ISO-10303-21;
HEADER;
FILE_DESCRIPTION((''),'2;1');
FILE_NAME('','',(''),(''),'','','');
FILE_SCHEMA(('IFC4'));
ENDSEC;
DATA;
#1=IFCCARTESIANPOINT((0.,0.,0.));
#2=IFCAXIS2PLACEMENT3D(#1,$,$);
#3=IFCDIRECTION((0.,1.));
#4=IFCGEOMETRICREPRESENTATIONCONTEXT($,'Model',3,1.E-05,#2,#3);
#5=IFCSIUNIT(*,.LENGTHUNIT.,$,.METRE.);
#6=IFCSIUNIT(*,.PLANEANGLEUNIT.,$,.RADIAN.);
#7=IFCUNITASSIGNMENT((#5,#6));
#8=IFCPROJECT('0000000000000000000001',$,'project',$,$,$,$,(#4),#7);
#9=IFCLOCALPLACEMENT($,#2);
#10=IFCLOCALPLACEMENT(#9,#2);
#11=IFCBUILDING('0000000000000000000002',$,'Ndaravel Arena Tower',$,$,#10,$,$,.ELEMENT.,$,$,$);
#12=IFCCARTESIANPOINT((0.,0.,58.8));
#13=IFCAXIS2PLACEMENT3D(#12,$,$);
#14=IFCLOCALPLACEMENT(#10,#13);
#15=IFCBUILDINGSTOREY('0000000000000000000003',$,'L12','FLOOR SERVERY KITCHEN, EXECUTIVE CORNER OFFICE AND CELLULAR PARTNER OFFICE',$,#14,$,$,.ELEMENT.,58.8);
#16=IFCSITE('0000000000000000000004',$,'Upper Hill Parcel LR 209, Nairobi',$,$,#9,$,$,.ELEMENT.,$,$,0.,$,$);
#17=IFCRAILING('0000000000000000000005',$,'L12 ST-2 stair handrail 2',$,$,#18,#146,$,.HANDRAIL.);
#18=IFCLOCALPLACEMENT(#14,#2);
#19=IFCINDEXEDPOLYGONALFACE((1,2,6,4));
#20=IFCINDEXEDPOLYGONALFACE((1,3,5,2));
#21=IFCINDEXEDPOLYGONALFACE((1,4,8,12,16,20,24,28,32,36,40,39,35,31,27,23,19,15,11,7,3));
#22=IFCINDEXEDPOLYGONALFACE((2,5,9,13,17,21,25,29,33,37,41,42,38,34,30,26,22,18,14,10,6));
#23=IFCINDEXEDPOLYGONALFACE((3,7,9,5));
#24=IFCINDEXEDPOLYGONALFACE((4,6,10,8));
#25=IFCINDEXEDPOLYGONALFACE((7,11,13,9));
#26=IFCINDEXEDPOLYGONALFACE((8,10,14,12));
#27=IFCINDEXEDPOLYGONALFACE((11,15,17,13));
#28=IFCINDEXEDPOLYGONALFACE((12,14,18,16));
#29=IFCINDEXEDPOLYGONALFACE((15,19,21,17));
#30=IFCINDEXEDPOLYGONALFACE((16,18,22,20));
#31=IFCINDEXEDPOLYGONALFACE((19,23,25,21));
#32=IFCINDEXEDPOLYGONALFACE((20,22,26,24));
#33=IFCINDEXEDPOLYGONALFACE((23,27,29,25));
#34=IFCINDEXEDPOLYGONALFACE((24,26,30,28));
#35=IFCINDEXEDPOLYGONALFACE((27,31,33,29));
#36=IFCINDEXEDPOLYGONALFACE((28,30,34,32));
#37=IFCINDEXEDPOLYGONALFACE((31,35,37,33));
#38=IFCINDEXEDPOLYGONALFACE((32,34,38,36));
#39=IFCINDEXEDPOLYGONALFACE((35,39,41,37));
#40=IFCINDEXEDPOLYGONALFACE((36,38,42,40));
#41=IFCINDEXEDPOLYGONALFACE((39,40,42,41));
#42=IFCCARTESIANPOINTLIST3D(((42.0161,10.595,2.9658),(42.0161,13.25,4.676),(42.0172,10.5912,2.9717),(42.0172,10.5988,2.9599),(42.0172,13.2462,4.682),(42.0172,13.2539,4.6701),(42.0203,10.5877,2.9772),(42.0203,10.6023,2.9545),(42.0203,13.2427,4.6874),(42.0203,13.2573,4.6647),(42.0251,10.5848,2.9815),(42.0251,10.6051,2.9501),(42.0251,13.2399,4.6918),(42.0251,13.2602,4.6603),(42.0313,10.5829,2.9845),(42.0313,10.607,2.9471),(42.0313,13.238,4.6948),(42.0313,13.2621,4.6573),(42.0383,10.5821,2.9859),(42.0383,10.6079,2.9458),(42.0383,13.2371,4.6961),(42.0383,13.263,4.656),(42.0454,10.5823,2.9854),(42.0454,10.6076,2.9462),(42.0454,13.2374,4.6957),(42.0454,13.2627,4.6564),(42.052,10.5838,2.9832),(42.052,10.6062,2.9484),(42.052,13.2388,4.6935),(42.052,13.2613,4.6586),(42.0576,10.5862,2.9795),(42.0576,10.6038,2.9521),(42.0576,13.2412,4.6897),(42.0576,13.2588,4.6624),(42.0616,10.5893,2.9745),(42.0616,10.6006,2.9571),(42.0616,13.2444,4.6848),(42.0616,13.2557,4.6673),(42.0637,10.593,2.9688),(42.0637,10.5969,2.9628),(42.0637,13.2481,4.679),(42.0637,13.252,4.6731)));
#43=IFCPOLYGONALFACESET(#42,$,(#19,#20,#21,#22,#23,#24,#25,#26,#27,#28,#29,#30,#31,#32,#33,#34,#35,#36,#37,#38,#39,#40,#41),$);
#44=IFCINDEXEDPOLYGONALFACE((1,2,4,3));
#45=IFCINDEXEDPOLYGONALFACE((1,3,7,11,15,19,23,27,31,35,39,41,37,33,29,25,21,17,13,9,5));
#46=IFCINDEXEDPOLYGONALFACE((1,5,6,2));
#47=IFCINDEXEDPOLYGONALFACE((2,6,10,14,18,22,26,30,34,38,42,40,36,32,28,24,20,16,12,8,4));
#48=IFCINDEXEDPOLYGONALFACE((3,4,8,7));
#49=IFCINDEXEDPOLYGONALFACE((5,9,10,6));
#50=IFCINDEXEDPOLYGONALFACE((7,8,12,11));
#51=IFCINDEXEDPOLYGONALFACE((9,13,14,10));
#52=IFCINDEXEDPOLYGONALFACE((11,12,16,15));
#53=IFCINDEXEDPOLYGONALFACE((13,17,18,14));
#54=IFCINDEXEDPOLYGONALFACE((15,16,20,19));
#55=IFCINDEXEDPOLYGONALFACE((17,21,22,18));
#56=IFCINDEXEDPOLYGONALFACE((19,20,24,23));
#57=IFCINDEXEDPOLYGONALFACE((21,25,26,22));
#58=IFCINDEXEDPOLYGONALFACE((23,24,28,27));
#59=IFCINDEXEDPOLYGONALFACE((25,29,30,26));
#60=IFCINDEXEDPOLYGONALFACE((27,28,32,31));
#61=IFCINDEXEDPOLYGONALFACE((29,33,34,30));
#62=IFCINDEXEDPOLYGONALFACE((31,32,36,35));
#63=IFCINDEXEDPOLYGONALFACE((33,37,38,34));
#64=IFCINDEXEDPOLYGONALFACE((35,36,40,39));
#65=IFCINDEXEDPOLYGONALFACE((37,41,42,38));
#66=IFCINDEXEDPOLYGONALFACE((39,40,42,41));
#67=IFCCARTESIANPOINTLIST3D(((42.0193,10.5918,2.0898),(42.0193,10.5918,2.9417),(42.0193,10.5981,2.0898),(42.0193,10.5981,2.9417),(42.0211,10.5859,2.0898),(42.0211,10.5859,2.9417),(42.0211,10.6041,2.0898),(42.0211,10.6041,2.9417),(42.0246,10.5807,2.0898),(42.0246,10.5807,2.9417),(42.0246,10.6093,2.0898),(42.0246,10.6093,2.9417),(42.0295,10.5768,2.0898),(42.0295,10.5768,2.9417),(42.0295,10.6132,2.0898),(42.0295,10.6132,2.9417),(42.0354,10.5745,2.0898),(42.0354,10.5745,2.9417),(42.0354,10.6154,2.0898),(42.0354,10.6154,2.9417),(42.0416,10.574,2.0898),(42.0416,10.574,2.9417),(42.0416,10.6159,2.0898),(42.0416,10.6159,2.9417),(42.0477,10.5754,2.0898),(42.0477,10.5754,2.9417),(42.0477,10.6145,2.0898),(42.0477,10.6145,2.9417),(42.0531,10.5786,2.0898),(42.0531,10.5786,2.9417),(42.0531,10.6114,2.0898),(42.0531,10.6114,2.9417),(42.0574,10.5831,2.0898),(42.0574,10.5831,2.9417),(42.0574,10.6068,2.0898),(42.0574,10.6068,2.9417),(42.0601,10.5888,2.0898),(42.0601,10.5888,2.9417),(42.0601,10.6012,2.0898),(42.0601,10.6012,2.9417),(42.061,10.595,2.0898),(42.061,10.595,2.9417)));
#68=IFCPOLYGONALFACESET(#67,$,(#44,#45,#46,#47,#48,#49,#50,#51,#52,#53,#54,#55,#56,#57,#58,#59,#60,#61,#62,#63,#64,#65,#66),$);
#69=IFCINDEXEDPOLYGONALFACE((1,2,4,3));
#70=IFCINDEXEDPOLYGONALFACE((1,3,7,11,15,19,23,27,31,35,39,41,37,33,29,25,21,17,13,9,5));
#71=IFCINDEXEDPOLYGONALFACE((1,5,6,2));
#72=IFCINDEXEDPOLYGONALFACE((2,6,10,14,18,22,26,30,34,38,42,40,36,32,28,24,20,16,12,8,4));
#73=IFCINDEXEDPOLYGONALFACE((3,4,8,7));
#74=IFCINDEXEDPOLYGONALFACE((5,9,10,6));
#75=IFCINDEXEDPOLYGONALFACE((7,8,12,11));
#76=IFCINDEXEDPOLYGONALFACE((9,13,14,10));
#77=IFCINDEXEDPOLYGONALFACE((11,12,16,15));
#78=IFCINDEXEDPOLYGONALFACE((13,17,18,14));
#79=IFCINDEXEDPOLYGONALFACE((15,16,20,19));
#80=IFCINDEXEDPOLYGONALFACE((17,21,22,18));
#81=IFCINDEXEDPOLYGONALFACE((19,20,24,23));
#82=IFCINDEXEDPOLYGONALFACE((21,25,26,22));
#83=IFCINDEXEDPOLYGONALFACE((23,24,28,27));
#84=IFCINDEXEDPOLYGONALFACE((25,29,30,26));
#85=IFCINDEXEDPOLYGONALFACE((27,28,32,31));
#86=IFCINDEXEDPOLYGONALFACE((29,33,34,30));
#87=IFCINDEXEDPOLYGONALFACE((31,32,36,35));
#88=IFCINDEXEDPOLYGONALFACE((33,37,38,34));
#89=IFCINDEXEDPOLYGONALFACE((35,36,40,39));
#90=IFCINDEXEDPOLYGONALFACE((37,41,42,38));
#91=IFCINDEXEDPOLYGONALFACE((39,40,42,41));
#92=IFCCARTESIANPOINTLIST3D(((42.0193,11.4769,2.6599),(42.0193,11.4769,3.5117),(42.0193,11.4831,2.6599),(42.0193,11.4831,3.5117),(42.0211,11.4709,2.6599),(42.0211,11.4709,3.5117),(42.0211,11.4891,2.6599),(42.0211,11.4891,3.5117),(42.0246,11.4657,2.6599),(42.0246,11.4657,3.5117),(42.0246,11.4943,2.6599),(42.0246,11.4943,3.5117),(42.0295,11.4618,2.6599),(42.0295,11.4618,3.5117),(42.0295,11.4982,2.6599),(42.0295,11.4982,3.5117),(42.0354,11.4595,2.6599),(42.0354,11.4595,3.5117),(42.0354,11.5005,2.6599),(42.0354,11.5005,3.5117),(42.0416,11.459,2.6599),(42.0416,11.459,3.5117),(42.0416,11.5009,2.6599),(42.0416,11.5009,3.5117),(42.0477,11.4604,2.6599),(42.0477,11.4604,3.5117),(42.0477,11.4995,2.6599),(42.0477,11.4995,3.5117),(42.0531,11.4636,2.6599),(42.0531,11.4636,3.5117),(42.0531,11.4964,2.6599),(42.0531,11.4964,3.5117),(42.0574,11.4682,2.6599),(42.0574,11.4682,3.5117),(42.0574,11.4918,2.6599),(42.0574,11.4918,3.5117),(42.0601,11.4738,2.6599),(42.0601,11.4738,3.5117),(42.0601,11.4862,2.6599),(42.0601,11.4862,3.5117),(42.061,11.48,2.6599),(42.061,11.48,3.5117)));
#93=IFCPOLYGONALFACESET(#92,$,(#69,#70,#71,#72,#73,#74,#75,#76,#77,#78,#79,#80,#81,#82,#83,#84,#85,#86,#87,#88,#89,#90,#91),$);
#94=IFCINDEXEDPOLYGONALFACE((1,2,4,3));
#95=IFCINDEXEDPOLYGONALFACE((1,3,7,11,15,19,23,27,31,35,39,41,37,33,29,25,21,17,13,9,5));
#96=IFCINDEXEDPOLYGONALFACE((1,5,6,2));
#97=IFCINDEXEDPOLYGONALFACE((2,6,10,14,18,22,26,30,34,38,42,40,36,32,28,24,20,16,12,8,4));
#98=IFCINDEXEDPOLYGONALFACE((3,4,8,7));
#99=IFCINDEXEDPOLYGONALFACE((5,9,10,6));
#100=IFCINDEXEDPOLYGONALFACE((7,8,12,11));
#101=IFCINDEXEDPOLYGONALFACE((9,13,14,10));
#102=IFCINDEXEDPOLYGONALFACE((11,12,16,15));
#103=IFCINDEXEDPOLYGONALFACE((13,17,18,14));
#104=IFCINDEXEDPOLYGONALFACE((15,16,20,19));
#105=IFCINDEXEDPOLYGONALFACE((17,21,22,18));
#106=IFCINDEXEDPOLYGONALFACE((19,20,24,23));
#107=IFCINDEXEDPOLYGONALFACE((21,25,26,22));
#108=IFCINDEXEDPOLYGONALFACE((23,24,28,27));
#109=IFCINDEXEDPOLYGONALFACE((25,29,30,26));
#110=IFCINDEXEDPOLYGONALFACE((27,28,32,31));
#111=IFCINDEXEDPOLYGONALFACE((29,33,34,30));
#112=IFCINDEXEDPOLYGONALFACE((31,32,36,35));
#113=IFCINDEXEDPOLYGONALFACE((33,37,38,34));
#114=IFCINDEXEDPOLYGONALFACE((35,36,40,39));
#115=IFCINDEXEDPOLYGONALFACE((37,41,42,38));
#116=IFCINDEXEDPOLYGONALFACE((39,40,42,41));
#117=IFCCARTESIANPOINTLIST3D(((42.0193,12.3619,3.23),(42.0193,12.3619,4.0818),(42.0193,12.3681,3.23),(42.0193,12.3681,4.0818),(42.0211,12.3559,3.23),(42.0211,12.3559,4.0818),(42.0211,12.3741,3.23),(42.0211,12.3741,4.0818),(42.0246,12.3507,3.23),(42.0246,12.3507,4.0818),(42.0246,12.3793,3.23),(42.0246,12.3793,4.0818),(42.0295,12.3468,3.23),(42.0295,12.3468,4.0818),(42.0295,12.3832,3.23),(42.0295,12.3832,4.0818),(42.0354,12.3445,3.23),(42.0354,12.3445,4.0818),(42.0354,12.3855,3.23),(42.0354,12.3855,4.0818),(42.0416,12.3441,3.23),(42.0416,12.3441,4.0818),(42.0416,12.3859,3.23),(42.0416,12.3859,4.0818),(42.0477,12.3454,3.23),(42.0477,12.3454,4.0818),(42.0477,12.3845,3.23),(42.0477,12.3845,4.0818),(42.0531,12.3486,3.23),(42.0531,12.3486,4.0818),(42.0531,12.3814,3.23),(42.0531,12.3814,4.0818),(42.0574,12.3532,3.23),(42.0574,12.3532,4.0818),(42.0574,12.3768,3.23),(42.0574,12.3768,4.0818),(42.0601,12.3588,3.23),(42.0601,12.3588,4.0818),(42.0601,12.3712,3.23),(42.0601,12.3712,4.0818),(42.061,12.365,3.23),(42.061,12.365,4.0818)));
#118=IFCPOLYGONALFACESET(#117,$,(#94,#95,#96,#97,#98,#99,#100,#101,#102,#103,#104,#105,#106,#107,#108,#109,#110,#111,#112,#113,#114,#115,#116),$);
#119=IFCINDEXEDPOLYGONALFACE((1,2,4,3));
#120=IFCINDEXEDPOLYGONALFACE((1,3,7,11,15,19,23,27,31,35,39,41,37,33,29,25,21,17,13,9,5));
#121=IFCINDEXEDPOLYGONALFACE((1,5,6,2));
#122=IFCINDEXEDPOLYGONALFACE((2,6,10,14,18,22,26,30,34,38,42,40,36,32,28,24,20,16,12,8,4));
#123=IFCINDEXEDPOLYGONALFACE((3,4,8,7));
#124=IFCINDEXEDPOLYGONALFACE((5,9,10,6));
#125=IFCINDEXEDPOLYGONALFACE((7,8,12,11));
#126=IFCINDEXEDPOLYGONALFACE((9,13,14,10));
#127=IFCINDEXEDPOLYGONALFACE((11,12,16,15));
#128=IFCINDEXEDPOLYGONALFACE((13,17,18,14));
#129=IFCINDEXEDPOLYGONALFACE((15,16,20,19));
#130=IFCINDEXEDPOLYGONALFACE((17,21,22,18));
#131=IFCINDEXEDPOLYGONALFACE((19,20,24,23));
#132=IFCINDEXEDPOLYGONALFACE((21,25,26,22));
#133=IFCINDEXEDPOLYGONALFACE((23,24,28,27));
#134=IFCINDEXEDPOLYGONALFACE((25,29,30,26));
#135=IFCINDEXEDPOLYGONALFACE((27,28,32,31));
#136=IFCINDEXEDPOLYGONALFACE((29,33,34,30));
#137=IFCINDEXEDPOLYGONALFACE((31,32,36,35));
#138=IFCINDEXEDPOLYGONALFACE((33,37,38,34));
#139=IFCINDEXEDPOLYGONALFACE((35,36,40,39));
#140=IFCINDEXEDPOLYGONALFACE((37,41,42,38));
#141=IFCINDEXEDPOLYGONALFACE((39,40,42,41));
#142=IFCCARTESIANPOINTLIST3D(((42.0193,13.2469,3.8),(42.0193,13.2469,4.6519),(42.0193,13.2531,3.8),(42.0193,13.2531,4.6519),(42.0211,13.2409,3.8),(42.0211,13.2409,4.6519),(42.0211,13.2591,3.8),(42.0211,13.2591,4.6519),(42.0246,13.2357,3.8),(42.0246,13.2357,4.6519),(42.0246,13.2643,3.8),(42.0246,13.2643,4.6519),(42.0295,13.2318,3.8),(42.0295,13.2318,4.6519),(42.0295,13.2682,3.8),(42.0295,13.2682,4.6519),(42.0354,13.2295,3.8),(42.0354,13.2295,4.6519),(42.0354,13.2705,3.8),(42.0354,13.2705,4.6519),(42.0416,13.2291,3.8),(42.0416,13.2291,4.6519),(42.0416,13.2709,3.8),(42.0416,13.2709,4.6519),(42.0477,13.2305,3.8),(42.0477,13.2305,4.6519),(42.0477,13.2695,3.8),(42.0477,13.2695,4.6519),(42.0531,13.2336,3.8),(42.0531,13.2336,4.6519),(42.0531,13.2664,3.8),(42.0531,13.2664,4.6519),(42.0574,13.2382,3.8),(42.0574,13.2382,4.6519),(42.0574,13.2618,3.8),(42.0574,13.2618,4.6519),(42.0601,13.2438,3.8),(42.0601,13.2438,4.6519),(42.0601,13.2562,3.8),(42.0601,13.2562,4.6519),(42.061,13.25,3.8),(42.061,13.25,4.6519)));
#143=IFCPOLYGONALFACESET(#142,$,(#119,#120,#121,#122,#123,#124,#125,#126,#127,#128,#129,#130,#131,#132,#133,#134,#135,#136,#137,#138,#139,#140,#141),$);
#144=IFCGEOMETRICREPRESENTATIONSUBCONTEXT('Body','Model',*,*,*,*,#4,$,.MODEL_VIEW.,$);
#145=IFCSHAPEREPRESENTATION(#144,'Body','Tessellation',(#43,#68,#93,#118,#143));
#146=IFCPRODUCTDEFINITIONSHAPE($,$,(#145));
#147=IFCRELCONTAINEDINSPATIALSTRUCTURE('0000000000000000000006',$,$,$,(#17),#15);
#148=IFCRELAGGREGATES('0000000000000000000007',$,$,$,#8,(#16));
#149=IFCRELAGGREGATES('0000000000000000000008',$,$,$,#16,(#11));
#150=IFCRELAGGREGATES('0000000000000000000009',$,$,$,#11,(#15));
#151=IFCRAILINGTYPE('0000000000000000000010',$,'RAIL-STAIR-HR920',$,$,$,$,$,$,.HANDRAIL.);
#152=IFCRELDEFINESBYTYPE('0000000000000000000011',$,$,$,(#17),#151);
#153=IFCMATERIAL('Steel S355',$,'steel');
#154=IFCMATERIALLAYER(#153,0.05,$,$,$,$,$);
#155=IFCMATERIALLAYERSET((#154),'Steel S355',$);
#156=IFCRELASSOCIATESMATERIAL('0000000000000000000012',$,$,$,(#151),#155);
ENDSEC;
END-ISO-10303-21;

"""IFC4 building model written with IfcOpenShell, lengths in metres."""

from ifc_helpers import new_model, si_unit, direction, frame, origin, origin_2d, place, context, subcontext, project, spatial, circle, extrude, material, layer, layer_set, type_object, element, save


model = new_model("IFC4")

# Units and contexts
model_context = context("Model", 3, precision=1e-05, world=origin(), true_north=direction((0.0, 1.0)))
body_context = subcontext(model_context, "Body", "Model", "MODEL_VIEW")
ifc_project = project(units=[si_unit("LENGTHUNIT", "METRE"), si_unit("PLANEANGLEUNIT", "RADIAN")], contexts=[model_context])

# Site, building, storey
site_placement = place(None, origin())
site = spatial("IfcSite", under=ifc_project, at=site_placement, Name="Upper Hill Parcel LR 209, Nairobi", CompositionType="ELEMENT", RefElevation=0.0)
building_placement = place(site_placement, origin())
building = spatial("IfcBuilding", under=site, at=building_placement, Name="Ndaravel Arena Tower", CompositionType="ELEMENT")
storey_placement = place(building_placement, frame((0.0, 0.0, 58.8)))
storey = spatial("IfcBuildingStorey", under=building, at=storey_placement, Name="L12", Description="FLOOR SERVERY KITCHEN, EXECUTIVE CORNER OFFICE AND CELLULAR PARTNER OFFICE", CompositionType="ELEMENT", Elevation=58.8)

# Railing
ifc_material_1 = material(Name="Steel S355", Category="steel")
ifc_layer_1 = layer(ifc_material_1, 0.05)
ifc_layer_set_1 = layer_set([ifc_layer_1], Name="Steel S355")
railing_type_1 = type_object("IfcRailingType", Name="RAIL-STAIR-HR920", PredefinedType="HANDRAIL", material=ifc_layer_set_1)
railing_1_placement = place(storey_placement, frame((42.04, 10.595, 2.0898)))
element("IfcRailing", 1, at=railing_1_placement, inside=storey, type_object=railing_type_1, Name="L12 ST-2 stair handrail 2", PredefinedType="HANDRAIL", context=body_context, shape_type="SweptSolid", body=[
    extrude(circle(Radius=0.0239, at=origin_2d()), frame((0.0, 0.0, 0.876), z_axis=(0.0, 0.840688, 0.541519), x_axis=(-1.0, 0.0, 0.0)), (0.0, 0.0, 1.0), 3.1582),
    extrude(circle(Radius=0.021, at=origin_2d()), origin(), (0.0, 0.0, 1.0), 0.8518),
    extrude(circle(Radius=0.021, at=origin_2d()), frame((0.0, 0.885, 0.5701)), (0.0, 0.0, 1.0), 0.8518),
    extrude(circle(Radius=0.021, at=origin_2d()), frame((0.0, 1.77, 1.1401)), (0.0, 0.0, 1.0), 0.8518),
    extrude(circle(Radius=0.021, at=origin_2d()), frame((0.0, 2.655, 1.7102)), (0.0, 0.0, 1.0), 0.8518),
])

save(model, "model.ifc")
